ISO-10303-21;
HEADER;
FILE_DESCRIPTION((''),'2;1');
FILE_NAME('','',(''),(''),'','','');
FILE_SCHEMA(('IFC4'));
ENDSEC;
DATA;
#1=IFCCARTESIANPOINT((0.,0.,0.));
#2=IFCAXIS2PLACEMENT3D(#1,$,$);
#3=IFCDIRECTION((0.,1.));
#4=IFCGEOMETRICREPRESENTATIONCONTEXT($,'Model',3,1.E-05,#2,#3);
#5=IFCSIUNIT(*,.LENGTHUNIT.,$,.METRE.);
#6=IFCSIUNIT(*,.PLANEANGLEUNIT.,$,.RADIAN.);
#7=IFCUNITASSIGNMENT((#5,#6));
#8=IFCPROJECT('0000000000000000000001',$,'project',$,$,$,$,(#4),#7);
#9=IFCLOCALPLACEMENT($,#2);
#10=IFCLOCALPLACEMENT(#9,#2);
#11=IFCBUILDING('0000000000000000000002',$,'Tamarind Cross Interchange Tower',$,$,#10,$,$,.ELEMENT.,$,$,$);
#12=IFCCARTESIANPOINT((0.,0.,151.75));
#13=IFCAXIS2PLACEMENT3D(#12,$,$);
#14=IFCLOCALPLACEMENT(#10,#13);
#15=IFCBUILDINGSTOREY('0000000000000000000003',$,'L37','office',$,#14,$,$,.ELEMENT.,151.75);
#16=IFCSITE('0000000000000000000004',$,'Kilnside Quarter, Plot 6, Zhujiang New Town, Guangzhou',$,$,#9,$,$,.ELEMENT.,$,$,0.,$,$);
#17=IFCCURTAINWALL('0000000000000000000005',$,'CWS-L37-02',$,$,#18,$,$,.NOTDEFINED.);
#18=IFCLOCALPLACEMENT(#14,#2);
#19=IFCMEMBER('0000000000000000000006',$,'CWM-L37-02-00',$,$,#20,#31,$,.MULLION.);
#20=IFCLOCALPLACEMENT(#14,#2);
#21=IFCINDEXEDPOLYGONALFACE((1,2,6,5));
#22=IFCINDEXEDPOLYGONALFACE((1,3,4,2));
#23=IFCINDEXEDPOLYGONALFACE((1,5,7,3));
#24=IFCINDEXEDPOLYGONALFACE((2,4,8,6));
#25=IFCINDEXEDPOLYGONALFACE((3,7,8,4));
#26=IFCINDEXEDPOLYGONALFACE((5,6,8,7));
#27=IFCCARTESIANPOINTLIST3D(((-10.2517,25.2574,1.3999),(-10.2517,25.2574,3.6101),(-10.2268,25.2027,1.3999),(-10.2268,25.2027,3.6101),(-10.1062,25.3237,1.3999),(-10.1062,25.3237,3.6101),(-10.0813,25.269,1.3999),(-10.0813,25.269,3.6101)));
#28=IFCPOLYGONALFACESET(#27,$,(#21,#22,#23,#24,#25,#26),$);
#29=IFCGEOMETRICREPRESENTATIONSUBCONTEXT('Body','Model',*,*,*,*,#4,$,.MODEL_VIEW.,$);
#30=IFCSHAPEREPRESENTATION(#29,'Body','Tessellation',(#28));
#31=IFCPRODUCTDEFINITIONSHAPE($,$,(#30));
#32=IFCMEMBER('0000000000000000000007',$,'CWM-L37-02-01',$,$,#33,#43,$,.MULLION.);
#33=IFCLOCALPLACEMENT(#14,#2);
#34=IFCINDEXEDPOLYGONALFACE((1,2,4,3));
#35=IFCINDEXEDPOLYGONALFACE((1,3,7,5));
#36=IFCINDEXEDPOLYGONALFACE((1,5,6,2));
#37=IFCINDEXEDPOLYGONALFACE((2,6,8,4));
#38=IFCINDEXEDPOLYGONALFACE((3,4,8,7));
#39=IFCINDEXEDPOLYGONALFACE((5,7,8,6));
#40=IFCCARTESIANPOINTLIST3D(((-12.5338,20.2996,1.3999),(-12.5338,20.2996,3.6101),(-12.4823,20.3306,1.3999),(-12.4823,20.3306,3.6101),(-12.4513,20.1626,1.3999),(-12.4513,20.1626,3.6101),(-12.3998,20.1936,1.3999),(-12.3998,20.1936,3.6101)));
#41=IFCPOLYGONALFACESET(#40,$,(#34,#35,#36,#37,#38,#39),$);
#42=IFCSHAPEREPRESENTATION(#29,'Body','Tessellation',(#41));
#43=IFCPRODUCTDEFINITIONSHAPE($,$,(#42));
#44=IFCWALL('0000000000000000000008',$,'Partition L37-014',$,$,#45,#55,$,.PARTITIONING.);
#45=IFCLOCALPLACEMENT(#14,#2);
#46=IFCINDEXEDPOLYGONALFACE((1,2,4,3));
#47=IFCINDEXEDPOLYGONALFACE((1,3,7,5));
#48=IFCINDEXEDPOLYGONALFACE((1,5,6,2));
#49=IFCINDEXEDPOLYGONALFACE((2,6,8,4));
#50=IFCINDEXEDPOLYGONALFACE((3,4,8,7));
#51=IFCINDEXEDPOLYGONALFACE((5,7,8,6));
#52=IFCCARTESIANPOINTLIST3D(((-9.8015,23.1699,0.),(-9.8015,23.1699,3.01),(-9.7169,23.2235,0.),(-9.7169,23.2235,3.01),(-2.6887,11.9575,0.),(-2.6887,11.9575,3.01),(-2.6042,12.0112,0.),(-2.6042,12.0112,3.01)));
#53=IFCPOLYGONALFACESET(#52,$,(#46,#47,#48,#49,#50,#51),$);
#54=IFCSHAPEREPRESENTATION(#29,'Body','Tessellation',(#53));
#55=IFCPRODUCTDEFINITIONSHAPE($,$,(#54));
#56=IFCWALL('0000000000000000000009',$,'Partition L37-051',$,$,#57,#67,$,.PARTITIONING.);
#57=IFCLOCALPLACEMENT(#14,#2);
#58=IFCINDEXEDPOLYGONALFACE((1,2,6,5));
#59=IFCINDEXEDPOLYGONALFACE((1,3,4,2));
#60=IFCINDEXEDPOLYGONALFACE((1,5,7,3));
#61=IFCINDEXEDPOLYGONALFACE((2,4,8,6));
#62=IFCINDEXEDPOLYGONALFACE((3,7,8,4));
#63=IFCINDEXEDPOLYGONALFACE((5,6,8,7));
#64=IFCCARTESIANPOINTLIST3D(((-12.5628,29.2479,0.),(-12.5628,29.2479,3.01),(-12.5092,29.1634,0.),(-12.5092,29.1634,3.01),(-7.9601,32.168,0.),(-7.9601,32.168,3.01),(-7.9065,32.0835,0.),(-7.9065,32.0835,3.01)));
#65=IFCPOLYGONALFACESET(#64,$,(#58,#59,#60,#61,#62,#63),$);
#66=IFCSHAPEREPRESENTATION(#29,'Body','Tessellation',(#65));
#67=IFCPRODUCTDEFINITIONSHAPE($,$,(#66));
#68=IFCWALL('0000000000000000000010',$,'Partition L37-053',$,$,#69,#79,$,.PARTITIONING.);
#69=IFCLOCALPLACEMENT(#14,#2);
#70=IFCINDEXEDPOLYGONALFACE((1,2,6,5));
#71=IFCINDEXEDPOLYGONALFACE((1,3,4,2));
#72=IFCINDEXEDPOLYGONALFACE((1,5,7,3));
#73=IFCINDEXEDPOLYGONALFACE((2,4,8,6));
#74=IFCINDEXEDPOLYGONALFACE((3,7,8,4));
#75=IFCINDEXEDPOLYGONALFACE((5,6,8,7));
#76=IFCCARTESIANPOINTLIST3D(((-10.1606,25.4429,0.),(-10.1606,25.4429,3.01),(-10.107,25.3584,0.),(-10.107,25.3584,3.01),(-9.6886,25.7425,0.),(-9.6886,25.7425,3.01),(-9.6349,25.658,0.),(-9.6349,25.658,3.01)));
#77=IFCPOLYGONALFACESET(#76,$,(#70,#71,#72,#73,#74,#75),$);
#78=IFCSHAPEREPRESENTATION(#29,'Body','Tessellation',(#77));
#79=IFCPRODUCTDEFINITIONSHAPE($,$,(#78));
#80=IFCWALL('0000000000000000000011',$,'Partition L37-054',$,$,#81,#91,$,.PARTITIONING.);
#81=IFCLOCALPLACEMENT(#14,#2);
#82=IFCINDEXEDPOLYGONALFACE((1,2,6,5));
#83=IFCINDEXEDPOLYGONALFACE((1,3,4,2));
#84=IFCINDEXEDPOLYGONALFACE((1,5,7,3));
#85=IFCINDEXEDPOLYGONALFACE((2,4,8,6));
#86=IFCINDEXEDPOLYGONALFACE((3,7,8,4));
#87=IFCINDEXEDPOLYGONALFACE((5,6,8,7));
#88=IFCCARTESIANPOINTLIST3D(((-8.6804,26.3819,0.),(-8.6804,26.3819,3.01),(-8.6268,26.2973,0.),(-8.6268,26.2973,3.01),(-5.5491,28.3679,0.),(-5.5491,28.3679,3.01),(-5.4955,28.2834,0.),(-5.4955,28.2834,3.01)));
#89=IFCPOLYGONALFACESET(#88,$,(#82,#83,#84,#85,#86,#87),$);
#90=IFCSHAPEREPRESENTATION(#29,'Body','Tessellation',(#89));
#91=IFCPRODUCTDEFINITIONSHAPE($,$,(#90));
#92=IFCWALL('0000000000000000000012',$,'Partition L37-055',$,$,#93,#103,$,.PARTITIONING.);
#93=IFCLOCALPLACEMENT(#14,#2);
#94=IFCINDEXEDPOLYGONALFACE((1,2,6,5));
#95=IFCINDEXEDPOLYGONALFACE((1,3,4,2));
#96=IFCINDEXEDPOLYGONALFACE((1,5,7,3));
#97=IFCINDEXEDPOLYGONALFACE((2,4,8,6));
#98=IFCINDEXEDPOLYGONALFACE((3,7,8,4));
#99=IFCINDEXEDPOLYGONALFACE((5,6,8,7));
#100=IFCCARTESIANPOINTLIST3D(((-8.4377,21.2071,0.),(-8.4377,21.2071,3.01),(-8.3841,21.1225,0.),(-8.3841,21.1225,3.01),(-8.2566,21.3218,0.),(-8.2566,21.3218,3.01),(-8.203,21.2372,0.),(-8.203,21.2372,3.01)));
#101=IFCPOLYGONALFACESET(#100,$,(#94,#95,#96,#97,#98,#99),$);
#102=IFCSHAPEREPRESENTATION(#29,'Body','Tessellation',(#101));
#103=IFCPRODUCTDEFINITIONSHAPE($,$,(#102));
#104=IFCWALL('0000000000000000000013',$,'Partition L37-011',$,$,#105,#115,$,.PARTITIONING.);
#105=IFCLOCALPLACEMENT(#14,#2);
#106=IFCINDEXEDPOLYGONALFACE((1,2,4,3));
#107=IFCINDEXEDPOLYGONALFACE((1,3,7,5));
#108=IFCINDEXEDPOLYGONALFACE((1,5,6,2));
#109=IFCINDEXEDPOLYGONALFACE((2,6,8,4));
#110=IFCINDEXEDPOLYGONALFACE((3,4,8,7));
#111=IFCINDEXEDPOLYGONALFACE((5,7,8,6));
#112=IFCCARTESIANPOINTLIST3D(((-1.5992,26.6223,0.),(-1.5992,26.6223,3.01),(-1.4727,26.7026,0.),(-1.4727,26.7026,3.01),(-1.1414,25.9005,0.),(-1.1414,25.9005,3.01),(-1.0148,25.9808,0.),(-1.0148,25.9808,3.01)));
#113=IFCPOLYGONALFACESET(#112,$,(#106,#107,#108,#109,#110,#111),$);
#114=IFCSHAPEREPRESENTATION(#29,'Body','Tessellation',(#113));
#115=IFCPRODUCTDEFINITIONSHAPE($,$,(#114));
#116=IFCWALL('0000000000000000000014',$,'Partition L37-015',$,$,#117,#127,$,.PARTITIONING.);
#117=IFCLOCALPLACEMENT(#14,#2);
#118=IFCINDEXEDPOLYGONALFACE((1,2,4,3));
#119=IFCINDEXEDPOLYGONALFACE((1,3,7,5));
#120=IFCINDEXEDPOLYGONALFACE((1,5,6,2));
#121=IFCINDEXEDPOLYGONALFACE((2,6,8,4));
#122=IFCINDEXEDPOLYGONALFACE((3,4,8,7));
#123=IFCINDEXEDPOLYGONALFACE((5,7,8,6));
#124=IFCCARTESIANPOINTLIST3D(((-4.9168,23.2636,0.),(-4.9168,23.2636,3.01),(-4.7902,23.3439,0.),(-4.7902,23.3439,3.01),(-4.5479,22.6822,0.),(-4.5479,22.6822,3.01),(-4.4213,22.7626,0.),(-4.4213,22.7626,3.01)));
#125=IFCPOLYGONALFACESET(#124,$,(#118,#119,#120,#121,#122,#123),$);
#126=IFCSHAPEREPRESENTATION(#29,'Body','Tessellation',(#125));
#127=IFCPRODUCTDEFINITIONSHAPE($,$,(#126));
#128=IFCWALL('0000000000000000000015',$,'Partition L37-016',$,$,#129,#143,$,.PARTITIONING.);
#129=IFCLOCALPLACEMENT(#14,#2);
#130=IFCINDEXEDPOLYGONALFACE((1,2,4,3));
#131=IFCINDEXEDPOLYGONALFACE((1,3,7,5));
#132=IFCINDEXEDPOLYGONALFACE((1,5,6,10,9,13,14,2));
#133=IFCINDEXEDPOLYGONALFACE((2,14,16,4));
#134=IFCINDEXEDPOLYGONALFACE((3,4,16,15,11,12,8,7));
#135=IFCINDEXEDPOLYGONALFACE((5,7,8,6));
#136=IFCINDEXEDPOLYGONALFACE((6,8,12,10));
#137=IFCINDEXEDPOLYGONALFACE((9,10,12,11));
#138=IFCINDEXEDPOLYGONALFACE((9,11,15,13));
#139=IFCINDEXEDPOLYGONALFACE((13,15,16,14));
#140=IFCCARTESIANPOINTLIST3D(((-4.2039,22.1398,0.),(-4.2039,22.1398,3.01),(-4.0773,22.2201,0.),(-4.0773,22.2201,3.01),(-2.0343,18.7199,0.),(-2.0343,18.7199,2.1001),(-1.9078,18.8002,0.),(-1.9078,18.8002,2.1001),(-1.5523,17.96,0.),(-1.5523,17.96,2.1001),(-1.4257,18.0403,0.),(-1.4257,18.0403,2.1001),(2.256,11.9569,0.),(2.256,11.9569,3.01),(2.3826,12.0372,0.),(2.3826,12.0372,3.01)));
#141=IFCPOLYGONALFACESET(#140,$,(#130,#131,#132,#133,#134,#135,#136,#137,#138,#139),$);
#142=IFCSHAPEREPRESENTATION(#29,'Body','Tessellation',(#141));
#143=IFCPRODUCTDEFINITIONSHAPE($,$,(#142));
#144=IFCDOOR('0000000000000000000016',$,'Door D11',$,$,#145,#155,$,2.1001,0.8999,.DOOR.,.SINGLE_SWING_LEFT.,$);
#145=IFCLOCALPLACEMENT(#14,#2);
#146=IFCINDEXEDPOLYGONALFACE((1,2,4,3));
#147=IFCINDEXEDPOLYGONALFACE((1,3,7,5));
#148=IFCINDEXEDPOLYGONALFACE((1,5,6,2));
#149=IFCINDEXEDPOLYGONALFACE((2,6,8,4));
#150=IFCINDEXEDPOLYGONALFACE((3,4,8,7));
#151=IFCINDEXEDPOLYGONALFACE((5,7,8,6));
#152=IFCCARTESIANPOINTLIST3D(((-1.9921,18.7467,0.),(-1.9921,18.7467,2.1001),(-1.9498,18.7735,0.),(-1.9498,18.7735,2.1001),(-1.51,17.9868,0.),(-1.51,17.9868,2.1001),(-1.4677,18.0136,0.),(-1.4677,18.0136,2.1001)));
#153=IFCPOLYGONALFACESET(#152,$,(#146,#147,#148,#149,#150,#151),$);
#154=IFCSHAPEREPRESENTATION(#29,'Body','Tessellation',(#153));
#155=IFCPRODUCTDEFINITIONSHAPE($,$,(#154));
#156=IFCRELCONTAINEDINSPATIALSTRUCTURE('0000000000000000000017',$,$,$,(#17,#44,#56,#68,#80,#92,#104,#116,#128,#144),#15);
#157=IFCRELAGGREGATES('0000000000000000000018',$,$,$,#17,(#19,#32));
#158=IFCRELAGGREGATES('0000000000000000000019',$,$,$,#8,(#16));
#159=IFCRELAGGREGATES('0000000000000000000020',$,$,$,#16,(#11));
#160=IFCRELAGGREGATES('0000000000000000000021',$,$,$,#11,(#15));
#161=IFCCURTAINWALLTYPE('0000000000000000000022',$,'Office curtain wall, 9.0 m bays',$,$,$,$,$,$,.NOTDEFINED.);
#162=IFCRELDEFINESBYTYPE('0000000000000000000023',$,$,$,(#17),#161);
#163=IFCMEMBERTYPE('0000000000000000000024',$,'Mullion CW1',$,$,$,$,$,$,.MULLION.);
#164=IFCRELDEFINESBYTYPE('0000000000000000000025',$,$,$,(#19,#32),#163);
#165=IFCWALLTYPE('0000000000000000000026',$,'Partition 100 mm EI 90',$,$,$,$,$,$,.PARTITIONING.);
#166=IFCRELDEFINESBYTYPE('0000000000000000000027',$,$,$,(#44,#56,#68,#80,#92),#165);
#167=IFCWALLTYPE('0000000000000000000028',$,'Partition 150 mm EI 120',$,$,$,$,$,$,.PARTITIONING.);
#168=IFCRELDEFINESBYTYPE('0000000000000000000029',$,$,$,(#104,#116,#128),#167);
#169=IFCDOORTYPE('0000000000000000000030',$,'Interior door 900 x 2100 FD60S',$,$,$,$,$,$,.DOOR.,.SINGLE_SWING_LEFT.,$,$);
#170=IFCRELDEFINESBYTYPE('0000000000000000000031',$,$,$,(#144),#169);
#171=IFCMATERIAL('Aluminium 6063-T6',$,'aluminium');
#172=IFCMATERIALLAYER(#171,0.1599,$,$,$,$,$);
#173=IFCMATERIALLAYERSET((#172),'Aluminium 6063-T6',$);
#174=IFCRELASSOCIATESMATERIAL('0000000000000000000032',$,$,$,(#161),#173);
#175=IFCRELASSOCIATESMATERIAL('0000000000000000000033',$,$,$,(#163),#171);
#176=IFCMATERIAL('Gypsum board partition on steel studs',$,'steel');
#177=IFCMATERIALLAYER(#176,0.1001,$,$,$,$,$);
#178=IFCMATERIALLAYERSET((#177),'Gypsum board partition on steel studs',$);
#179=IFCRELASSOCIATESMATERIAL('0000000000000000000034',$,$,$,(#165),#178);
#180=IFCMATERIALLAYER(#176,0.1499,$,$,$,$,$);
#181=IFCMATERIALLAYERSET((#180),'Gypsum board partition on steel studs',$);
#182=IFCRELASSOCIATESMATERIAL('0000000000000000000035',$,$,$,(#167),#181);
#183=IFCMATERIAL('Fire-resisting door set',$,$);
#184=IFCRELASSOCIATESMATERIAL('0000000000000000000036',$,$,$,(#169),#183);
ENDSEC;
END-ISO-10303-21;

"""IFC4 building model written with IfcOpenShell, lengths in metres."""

from ifc_helpers import new_model, si_unit, direction, frame, frame_2d, origin, origin_2d, place, context, subcontext, project, spatial, rectangle, extrude, material, layer, layer_set, material_profile, profile_set, type_object, element, fill, aggregate, save


model = new_model("IFC4")

# Units and contexts
model_context = context("Model", 3, precision=1e-05, world=origin(), true_north=direction((0.0, 1.0)))
body_context = subcontext(model_context, "Body", "Model", "MODEL_VIEW")
ifc_project = project(units=[si_unit("LENGTHUNIT", "METRE"), si_unit("PLANEANGLEUNIT", "RADIAN")], contexts=[model_context])

# Site, building, storey
site_placement = place(None, origin())
site = spatial("IfcSite", under=ifc_project, at=site_placement, Name="Kilnside Quarter, Plot 6, Zhujiang New Town, Guangzhou", CompositionType="ELEMENT", RefElevation=0.0)
building_placement = place(site_placement, origin())
building = spatial("IfcBuilding", under=site, at=building_placement, Name="Tamarind Cross Interchange Tower", CompositionType="ELEMENT")
storey_placement = place(building_placement, frame((0.0, 0.0, 151.75)))
storey = spatial("IfcBuildingStorey", under=building, at=storey_placement, Name="L37", Description="office", CompositionType="ELEMENT", Elevation=151.75)

# Curtain wall, members
ifc_material_1 = material(Name="Aluminium 6063-T6", Category="aluminium")
ifc_layer_1 = layer(ifc_material_1, 0.1599)
ifc_layer_set_1 = layer_set([ifc_layer_1], Name="Aluminium 6063-T6")
curtain_wall_type = type_object("IfcCurtainWallType", Name="Office curtain wall, 9.0 m bays", PredefinedType="NOTDEFINED", material=ifc_layer_set_1)
curtain_wall_placement = place(storey_placement, origin())
curtain_wall = element("IfcCurtainWall", 1, at=curtain_wall_placement, inside=storey, type_object=curtain_wall_type, Name="CWS-L37-02", PredefinedType="NOTDEFINED")
ifc_material_profile_1 = material_profile(ifc_material_1, rectangle(XDim=0.0601, YDim=0.1599, at=origin_2d()), Name="Mullion CW1")
ifc_profile_set_1 = profile_set([ifc_material_profile_1], Name="Aluminium 6063-T6")
member_type = type_object("IfcMemberType", Name="Mullion CW1", PredefinedType="MULLION", material=ifc_profile_set_1)
member_1_placement = place(storey_placement, frame((-10.1665, 25.2632, 1.3999), z_axis=(0.0, 0.0, 1.0), x_axis=(0.414658, -0.909977, 0.0)))
member_1 = element("IfcMember", 2, at=member_1_placement, type_object=member_type, Name="CWM-L37-02-00", PredefinedType="MULLION", context=body_context, shape_type="SweptSolid", body=[
    extrude(rectangle(XDim=0.0601, YDim=0.1599, at=origin_2d()), origin(), (0.0, 0.0, 1.0), 2.2102),
])
member_2_placement = place(storey_placement, frame((-12.4668, 20.2466, 1.3999), z_axis=(0.0, 0.0, 1.0), x_axis=(-0.856648, -0.515901, 0.0)))
member_2 = element("IfcMember", 3, at=member_2_placement, type_object=member_type, Name="CWM-L37-02-01", PredefinedType="MULLION", context=body_context, shape_type="SweptSolid", body=[
    extrude(rectangle(XDim=0.0601, YDim=0.1599, at=origin_2d()), origin(), (0.0, 0.0, 1.0), 2.2102),
])
aggregate(curtain_wall, [member_1, member_2])

# Walls
ifc_material_2 = material(Name="Gypsum board partition on steel studs", Category="steel")
ifc_layer_2 = layer(ifc_material_2, 0.1001)
ifc_layer_set_2 = layer_set([ifc_layer_2], Name="Gypsum board partition on steel studs")
wall_type_1 = type_object("IfcWallType", Name="Partition 100 mm EI 90", PredefinedType="PARTITIONING", material=ifc_layer_set_2)
wall_1_placement = place(storey_placement, frame((-9.7593, 23.1968, 0.0), z_axis=(0.0, 0.0, 1.0), x_axis=(0.535676, -0.844424, 0.0)))
element("IfcWall", 4, at=wall_1_placement, inside=storey, type_object=wall_type_1, Name="Partition L37-014", PredefinedType="PARTITIONING", context=body_context, shape_type="SweptSolid", body=[
    extrude(rectangle(XDim=13.2781, YDim=0.1001, at=frame_2d((6.6392, 0.0))), origin(), (0.0, 0.0, 1.0), 3.01),
])
wall_2_placement = place(storey_placement, frame((-12.5361, 29.2056, 0.0), z_axis=(0.0, 0.0, 1.0), x_axis=(0.844398, 0.535716, 0.0)))
element("IfcWall", 5, at=wall_2_placement, inside=storey, type_object=wall_type_1, Name="Partition L37-051", PredefinedType="PARTITIONING", context=body_context, shape_type="SweptSolid", body=[
    extrude(rectangle(XDim=5.4509, YDim=0.1001, at=frame_2d((2.7256, 0.0))), origin(), (0.0, 0.0, 1.0), 3.01),
])
wall_3_placement = place(storey_placement, frame((-10.1338, 25.4006, 0.0), z_axis=(0.0, 0.0, 1.0), x_axis=(0.844272, 0.535914, 0.0)))
element("IfcWall", 6, at=wall_3_placement, inside=storey, type_object=wall_type_1, Name="Partition L37-053", PredefinedType="PARTITIONING", context=body_context, shape_type="SweptSolid", body=[
    extrude(rectangle(XDim=0.5591, YDim=0.1001, at=frame_2d((0.2795, 0.0))), origin(), (0.0, 0.0, 1.0), 3.01),
])
wall_4_placement = place(storey_placement, frame((-8.6536, 26.3396, 0.0), z_axis=(0.0, 0.0, 1.0), x_axis=(0.844466, 0.53561, 0.0)))
element("IfcWall", 7, at=wall_4_placement, inside=storey, type_object=wall_type_1, Name="Partition L37-054", PredefinedType="PARTITIONING", context=body_context, shape_type="SweptSolid", body=[
    extrude(rectangle(XDim=3.708, YDim=0.1001, at=frame_2d((1.854, 0.0))), origin(), (0.0, 0.0, 1.0), 3.01),
])
wall_5_placement = place(storey_placement, frame((-8.4109, 21.1648, 0.0), z_axis=(0.0, 0.0, 1.0), x_axis=(0.844785, 0.535106, 0.0)))
element("IfcWall", 8, at=wall_5_placement, inside=storey, type_object=wall_type_1, Name="Partition L37-055", PredefinedType="PARTITIONING", context=body_context, shape_type="SweptSolid", body=[
    extrude(rectangle(XDim=0.2144, YDim=0.1001, at=frame_2d((0.1072, 0.0))), origin(), (0.0, 0.0, 1.0), 3.01),
])
ifc_layer_3 = layer(ifc_material_2, 0.1499)
ifc_layer_set_3 = layer_set([ifc_layer_3], Name="Gypsum board partition on steel studs")
wall_type_2 = type_object("IfcWallType", Name="Partition 150 mm EI 120", PredefinedType="PARTITIONING", material=ifc_layer_set_3)
wall_6_placement = place(storey_placement, frame((-1.5359, 26.6624, 0.0), z_axis=(0.0, 0.0, 1.0), x_axis=(0.535636, -0.844449, 0.0)))
element("IfcWall", 9, at=wall_6_placement, inside=storey, type_object=wall_type_2, Name="Partition L37-011", PredefinedType="PARTITIONING", context=body_context, shape_type="SweptSolid", body=[
    extrude(rectangle(XDim=0.8547, YDim=0.1499, at=frame_2d((0.4272, 0.0))), origin(), (0.0, 0.0, 1.0), 3.01),
])
wall_7_placement = place(storey_placement, frame((-4.8535, 23.3037, 0.0), z_axis=(0.0, 0.0, 1.0), x_axis=(0.53582, -0.844333, 0.0)))
element("IfcWall", 10, at=wall_7_placement, inside=storey, type_object=wall_type_2, Name="Partition L37-015", PredefinedType="PARTITIONING", context=body_context, shape_type="SweptSolid", body=[
    extrude(rectangle(XDim=0.6885, YDim=0.1499, at=frame_2d((0.3442, 0.0))), origin(), (0.0, 0.0, 1.0), 3.01),
])

# Wall, opening, door
wall_8_placement = place(storey_placement, frame((-4.1406, 22.1799, 0.0), z_axis=(0.0, 0.0, 1.0), x_axis=(0.535692, -0.844413, 0.0)))
wall_8 = element("IfcWall", 11, at=wall_8_placement, inside=storey, type_object=wall_type_2, Name="Partition L37-016", PredefinedType="PARTITIONING", context=body_context, shape_type="SweptSolid", body=[
    extrude(rectangle(XDim=12.0591, YDim=0.1499, at=frame_2d((6.0295, 0.0))), origin(), (0.0, 0.0, 1.0), 3.01),
])
opening_1_placement = place(wall_8_placement, frame((4.05, 0.0, 0.0)))
opening_1 = element("IfcOpeningElement", 12, at=opening_1_placement, cuts=wall_8, PredefinedType="OPENING", context=body_context, shape_type="SweptSolid", body=[
    extrude(rectangle(XDim=0.8999, YDim=2.1001, at=frame_2d((0.45, 1.05))), frame((0.0, 0.085, 0.0), z_axis=(0.0, -1.0, 0.0), x_axis=(1.0, 0.0, 0.0)), (0.0, 0.0, 1.0), 0.1699),
])
ifc_material_3 = material(Name="Fire-resisting door set")
door_type_1 = type_object("IfcDoorType", Name="Interior door 900 x 2100 FD60S", OperationType="SINGLE_SWING_LEFT", PredefinedType="DOOR", material=ifc_material_3)
door_1_placement = place(opening_1_placement, frame((0.8999, 0.0, 0.0), z_axis=(0.0, 0.0, 1.0), x_axis=(-1.0, 0.0, 0.0)))
door_1 = element("IfcDoor", 13, at=door_1_placement, inside=storey, type_object=door_type_1, Name="Door D11", OperationType="SINGLE_SWING_LEFT", OverallHeight=2.1001, OverallWidth=0.8999, PredefinedType="DOOR", context=body_context, shape_type="SweptSolid", body=[
    extrude(rectangle(XDim=0.8999, YDim=2.1001, at=frame_2d((0.45, 1.05))), frame((0.0, 0.0249, 0.0), z_axis=(0.0, -1.0, 0.0), x_axis=(1.0, 0.0, 0.0)), (0.0, 0.0, 1.0), 0.05),
])
fill(opening_1, door_1)

save(model, "model.ifc")
